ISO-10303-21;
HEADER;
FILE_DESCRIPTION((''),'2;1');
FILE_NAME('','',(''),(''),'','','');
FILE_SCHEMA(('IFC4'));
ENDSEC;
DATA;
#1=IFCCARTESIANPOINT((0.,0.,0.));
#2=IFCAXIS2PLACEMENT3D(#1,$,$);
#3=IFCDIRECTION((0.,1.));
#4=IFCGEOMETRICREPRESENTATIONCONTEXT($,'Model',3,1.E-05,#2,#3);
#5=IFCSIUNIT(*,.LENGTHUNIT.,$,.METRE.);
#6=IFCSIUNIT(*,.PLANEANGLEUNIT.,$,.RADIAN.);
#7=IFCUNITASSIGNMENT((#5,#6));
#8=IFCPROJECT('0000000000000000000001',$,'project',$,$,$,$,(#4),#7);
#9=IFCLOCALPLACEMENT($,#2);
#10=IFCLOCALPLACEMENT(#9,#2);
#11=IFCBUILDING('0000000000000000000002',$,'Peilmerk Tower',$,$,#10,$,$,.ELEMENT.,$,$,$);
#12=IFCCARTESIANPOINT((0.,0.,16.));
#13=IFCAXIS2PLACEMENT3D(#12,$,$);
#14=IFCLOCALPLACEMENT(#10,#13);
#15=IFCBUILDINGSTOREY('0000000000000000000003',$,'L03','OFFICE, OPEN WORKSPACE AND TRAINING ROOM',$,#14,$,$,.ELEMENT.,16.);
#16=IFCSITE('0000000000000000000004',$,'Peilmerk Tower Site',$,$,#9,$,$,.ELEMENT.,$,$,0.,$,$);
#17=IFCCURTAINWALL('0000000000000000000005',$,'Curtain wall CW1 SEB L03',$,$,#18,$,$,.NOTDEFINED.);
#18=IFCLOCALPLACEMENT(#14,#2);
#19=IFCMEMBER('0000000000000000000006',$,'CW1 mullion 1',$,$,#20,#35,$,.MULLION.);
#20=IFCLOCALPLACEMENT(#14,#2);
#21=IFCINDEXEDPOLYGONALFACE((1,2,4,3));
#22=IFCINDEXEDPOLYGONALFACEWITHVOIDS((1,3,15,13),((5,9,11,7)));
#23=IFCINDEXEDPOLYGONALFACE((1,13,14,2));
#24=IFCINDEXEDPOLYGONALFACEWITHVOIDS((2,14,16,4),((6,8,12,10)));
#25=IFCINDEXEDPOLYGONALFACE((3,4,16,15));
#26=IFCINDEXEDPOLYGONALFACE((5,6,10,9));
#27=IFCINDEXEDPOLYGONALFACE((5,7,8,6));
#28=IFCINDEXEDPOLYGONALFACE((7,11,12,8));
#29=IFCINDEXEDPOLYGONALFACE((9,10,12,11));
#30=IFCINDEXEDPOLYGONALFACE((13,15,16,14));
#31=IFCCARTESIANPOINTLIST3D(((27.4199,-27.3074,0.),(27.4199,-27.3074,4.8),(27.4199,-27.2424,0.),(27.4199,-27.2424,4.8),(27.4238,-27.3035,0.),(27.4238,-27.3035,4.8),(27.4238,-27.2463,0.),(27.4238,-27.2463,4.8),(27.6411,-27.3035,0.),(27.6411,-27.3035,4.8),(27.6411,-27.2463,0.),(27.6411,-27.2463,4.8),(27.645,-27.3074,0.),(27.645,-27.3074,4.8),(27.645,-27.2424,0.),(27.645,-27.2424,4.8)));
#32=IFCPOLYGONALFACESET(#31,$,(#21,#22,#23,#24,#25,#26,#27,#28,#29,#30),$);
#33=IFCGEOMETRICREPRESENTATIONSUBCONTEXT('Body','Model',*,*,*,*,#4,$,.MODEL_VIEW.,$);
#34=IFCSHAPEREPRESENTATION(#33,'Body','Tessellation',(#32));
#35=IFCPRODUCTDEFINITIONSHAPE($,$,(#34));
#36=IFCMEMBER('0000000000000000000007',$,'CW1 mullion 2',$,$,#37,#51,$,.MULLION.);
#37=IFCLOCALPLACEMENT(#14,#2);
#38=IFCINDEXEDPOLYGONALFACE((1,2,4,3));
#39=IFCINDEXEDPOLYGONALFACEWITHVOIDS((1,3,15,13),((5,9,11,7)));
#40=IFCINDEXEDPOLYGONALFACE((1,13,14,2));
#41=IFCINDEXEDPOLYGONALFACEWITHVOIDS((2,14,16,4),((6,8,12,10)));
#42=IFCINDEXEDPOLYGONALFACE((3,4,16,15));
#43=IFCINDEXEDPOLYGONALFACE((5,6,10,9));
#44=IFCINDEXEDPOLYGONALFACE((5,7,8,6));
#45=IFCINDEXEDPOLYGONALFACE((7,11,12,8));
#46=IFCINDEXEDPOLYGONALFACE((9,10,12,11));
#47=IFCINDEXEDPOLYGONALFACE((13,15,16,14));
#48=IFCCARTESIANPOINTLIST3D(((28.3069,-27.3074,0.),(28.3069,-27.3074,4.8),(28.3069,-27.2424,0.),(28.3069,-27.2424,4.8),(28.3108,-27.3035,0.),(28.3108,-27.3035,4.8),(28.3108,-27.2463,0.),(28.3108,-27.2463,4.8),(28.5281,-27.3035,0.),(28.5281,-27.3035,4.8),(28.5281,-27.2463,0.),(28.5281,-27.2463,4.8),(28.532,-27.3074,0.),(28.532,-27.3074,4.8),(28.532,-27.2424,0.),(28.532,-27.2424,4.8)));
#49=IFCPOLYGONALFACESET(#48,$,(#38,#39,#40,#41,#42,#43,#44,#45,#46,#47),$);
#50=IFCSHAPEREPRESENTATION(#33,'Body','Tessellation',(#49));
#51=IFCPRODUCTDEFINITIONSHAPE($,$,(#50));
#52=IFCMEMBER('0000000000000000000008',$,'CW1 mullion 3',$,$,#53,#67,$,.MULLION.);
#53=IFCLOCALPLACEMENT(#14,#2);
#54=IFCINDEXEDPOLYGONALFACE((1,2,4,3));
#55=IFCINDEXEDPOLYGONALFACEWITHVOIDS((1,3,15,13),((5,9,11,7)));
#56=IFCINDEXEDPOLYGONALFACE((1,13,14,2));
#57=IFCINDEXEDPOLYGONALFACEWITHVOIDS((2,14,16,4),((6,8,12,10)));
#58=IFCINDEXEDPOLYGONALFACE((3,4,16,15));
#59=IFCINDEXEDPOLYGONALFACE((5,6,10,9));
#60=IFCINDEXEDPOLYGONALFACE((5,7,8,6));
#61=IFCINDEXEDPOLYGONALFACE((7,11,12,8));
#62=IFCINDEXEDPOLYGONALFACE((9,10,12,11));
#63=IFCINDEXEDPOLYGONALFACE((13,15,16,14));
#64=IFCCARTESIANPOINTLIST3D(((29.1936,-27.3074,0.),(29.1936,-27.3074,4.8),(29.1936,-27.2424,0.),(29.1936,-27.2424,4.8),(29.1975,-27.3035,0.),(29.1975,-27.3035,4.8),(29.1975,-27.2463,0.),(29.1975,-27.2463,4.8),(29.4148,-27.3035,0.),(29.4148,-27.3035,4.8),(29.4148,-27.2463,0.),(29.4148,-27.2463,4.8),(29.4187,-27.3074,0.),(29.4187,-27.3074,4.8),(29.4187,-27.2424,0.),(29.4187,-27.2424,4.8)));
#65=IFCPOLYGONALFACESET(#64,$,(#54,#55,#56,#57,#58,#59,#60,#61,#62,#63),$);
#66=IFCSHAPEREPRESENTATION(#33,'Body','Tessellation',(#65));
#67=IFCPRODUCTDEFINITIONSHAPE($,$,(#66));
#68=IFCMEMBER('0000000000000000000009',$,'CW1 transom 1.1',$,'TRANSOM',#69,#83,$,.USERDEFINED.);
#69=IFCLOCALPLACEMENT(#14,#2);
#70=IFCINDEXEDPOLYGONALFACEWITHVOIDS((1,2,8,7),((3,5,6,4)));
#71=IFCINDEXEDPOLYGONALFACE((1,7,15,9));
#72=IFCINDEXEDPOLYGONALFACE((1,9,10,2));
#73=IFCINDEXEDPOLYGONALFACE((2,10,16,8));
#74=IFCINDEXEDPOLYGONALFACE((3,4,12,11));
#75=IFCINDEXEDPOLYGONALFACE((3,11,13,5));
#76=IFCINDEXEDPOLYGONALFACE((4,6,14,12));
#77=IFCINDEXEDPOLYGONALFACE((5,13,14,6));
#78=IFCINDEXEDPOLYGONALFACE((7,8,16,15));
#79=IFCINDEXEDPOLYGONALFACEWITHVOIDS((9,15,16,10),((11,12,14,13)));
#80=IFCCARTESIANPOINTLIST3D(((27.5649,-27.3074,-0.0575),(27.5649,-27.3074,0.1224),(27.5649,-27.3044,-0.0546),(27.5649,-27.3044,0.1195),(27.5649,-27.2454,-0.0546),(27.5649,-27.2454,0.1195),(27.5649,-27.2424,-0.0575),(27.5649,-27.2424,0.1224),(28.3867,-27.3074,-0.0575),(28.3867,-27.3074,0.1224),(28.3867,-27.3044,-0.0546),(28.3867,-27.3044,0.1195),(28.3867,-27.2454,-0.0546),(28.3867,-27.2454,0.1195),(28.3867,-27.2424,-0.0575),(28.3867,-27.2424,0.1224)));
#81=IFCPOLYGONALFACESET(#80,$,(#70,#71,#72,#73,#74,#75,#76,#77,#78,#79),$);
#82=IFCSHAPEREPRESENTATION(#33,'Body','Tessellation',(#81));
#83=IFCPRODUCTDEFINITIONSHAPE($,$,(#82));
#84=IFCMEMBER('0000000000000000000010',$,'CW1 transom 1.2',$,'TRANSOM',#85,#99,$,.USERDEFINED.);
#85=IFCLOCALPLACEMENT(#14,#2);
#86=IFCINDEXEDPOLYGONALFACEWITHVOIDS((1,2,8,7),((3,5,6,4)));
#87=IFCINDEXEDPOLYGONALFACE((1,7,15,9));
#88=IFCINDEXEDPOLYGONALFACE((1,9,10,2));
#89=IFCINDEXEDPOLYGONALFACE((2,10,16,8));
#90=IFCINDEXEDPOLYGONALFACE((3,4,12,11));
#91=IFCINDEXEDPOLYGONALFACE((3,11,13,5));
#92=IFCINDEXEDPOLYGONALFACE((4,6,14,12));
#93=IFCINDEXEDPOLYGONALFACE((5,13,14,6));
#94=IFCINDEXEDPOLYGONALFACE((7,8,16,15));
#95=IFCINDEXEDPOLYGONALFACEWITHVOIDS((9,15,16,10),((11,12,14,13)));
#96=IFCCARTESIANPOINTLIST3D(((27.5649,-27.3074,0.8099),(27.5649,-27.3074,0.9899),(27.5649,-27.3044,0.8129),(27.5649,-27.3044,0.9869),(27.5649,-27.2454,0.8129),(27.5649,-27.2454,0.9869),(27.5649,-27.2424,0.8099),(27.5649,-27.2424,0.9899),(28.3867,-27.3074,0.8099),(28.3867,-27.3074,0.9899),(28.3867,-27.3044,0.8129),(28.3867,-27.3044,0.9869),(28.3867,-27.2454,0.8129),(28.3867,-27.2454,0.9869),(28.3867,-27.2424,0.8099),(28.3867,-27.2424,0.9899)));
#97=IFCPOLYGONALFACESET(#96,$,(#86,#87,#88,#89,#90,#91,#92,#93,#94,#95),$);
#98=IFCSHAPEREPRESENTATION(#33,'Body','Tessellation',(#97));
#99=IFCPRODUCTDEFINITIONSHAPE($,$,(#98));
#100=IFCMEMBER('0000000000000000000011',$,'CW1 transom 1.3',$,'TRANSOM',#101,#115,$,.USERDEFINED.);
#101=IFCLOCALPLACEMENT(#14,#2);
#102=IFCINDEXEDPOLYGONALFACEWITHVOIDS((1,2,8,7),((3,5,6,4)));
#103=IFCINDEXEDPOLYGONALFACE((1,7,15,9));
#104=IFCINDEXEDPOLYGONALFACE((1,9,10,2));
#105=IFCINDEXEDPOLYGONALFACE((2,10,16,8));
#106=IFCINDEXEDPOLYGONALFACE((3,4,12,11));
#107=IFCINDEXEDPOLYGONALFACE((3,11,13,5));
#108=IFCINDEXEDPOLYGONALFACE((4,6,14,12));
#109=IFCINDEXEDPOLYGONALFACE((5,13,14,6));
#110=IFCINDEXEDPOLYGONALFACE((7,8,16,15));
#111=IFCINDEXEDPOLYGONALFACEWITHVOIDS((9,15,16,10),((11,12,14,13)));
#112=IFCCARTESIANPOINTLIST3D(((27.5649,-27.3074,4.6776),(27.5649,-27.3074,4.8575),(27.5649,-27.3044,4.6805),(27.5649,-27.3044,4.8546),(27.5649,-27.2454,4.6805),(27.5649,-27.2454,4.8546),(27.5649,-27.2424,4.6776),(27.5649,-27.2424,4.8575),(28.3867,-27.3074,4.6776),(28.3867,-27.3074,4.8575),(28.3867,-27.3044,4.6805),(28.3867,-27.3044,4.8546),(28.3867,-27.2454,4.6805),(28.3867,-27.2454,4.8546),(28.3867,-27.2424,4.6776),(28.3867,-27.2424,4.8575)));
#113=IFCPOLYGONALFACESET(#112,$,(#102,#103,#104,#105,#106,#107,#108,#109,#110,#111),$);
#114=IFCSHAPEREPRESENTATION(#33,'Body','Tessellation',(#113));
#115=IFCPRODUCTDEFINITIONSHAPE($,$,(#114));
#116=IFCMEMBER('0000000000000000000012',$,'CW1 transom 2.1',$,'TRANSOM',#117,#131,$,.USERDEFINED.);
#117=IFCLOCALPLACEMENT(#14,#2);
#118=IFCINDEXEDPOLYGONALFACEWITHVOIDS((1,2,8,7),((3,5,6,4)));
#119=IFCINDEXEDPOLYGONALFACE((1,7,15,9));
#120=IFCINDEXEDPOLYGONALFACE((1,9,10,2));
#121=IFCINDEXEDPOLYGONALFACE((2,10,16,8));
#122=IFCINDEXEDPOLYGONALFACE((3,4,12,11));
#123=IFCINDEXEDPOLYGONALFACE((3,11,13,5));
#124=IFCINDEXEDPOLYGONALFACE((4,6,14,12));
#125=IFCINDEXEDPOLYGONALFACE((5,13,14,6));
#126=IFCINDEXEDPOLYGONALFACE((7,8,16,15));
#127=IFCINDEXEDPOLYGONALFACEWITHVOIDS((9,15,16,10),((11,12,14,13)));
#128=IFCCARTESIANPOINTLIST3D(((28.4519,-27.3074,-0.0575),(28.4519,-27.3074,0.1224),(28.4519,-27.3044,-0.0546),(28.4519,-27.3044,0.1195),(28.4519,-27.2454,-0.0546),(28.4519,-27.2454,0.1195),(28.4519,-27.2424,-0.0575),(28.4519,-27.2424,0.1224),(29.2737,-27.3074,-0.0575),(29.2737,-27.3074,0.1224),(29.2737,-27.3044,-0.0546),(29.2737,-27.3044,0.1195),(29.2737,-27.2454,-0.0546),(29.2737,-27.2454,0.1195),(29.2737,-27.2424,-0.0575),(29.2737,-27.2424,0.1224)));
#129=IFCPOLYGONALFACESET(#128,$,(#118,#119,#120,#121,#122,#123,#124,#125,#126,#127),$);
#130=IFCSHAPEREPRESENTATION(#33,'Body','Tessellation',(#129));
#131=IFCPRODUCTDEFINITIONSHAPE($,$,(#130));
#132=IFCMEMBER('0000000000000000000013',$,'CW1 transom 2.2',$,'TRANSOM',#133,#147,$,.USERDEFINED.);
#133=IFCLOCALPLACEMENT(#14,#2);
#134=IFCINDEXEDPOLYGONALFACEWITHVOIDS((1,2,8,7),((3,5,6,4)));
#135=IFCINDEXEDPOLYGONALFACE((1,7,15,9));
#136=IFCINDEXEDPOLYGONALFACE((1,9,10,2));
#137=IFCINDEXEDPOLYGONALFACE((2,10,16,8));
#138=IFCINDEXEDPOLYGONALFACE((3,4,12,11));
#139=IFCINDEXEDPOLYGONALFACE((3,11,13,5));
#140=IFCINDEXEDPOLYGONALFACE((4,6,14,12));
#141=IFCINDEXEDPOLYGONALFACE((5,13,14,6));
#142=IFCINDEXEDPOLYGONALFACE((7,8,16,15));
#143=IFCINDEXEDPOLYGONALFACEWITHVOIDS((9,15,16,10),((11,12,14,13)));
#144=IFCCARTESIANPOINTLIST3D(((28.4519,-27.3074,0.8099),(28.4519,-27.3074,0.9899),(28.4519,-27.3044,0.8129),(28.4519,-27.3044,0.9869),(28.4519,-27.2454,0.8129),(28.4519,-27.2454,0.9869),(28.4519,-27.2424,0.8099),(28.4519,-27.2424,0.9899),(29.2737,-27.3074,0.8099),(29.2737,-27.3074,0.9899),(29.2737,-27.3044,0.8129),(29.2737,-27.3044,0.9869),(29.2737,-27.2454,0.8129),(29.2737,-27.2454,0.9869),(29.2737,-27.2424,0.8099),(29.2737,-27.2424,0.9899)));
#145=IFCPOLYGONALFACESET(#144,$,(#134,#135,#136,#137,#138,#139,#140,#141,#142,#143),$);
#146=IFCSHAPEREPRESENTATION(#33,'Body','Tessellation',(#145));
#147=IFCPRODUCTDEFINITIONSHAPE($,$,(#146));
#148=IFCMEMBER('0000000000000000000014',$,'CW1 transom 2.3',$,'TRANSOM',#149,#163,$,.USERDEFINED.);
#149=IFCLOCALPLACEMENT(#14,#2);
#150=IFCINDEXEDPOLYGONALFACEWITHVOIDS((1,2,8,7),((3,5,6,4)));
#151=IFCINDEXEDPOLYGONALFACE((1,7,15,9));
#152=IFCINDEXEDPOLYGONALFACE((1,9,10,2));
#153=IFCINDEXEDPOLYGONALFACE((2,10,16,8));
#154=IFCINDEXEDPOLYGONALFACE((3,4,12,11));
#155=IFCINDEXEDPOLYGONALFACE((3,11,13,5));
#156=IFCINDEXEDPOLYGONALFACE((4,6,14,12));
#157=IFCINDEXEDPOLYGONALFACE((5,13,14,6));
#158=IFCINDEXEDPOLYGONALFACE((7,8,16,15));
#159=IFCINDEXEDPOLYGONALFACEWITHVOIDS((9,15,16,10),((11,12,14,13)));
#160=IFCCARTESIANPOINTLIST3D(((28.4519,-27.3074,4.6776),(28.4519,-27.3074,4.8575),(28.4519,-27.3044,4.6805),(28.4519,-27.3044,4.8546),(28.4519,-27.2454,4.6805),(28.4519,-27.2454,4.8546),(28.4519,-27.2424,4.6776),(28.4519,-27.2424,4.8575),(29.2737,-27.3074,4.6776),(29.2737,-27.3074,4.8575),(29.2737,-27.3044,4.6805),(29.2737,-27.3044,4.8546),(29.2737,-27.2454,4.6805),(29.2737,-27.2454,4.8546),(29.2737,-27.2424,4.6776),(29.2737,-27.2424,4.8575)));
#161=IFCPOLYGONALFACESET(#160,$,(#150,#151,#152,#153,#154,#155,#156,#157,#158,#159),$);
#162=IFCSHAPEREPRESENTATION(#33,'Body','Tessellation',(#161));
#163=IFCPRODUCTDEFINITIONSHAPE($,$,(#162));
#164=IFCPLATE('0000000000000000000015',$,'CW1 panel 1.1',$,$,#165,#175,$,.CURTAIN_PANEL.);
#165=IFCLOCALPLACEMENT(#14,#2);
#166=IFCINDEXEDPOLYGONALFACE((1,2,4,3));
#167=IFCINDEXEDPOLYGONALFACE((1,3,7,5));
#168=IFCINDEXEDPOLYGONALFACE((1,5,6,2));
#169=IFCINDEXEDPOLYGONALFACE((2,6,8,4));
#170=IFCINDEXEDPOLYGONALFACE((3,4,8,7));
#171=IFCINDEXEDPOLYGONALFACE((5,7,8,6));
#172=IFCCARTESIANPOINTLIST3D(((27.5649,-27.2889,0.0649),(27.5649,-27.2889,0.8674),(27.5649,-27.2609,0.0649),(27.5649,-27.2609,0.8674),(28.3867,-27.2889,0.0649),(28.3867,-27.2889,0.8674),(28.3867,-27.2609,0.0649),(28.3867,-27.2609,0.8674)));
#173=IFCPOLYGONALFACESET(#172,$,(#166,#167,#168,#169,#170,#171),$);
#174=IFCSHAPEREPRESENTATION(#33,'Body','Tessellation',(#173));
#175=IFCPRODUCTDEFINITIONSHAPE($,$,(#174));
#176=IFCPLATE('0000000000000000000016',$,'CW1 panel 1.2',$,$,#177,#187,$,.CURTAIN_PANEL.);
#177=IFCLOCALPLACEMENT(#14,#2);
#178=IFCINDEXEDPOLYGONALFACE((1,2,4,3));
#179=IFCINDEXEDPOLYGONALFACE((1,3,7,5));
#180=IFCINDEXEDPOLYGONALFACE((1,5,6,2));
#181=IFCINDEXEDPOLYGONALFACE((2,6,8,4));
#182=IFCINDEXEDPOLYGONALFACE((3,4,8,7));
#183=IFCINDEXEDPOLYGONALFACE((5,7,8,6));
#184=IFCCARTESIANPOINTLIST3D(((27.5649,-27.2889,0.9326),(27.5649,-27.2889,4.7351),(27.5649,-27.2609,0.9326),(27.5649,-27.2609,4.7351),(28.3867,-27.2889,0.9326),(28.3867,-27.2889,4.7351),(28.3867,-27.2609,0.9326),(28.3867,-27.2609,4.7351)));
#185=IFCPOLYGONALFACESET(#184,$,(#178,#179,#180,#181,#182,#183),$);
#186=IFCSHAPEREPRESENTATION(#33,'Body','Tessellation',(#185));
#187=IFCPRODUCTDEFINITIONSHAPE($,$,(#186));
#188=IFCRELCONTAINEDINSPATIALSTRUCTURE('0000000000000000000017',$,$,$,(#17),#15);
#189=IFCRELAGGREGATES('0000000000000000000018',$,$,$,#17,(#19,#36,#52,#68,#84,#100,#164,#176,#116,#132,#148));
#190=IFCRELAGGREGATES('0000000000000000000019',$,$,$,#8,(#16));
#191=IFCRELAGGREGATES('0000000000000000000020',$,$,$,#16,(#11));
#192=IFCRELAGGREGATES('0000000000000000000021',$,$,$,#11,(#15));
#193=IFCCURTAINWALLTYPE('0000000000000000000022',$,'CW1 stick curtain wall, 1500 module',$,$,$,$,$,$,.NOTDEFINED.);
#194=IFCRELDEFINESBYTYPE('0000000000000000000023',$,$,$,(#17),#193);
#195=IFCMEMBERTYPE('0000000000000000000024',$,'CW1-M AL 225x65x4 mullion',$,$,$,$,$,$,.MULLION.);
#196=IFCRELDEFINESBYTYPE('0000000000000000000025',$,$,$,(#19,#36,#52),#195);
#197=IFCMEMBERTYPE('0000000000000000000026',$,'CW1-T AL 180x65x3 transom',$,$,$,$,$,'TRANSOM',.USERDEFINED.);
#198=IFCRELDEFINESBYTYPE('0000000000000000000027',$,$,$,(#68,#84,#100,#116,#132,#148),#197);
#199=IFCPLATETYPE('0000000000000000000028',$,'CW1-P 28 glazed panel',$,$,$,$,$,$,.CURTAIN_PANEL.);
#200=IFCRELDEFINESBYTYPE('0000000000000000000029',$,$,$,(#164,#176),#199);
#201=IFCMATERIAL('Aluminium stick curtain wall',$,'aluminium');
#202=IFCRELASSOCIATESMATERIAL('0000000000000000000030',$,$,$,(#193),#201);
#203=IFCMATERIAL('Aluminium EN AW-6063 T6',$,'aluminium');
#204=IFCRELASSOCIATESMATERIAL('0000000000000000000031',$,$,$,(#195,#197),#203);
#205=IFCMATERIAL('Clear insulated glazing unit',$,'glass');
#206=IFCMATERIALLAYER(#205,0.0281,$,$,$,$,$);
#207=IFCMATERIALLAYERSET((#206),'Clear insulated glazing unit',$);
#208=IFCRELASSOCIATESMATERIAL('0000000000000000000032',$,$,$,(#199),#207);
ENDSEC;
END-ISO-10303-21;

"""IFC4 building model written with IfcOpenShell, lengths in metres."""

from ifc_helpers import new_model, si_unit, direction, frame, origin, origin_2d, place, context, subcontext, project, spatial, rectangle, hollow_rectangle, extrude, material, layer, layer_set, material_profile, profile_set, type_object, element, aggregate, save


model = new_model("IFC4")

# Units and contexts
model_context = context("Model", 3, precision=1e-05, world=origin(), true_north=direction((0.0, 1.0)))
body_context = subcontext(model_context, "Body", "Model", "MODEL_VIEW")
ifc_project = project(units=[si_unit("LENGTHUNIT", "METRE"), si_unit("PLANEANGLEUNIT", "RADIAN")], contexts=[model_context])

# Site, building, storey
site_placement = place(None, origin())
site = spatial("IfcSite", under=ifc_project, at=site_placement, Name="Peilmerk Tower Site", CompositionType="ELEMENT", RefElevation=0.0)
building_placement = place(site_placement, origin())
building = spatial("IfcBuilding", under=site, at=building_placement, Name="Peilmerk Tower", CompositionType="ELEMENT")
storey_placement = place(building_placement, frame((0.0, 0.0, 16.0)))
storey = spatial("IfcBuildingStorey", under=building, at=storey_placement, Name="L03", Description="OFFICE, OPEN WORKSPACE AND TRAINING ROOM", CompositionType="ELEMENT", Elevation=16.0)

# Curtain wall, members, plates
ifc_material_1 = material(Name="Aluminium stick curtain wall", Category="aluminium")
curtain_wall_type = type_object("IfcCurtainWallType", Name="CW1 stick curtain wall, 1500 module", PredefinedType="NOTDEFINED", material=ifc_material_1)
curtain_wall_placement = place(storey_placement, origin())
curtain_wall = element("IfcCurtainWall", 1, at=curtain_wall_placement, inside=storey, type_object=curtain_wall_type, Name="Curtain wall CW1 SEB L03", PredefinedType="NOTDEFINED")
ifc_material_2 = material(Name="Aluminium EN AW-6063 T6", Category="aluminium")
ifc_material_profile_1 = material_profile(ifc_material_2, hollow_rectangle(XDim=0.0649, YDim=0.2251, WallThickness=0.0039, at=origin_2d()), Name="AL 225x65x4")
ifc_profile_set_1 = profile_set([ifc_material_profile_1], Name="Aluminium EN AW-6063 T6")
member_type_1 = type_object("IfcMemberType", Name="CW1-M AL 225x65x4 mullion", PredefinedType="MULLION", material=ifc_profile_set_1)
member_1_placement = place(storey_placement, frame((27.5325, -27.2749, 0.0), z_axis=(0.0, 0.0, 1.0), x_axis=(0.0, 1.0, 0.0)))
member_1 = element("IfcMember", 2, at=member_1_placement, type_object=member_type_1, Name="CW1 mullion 1", PredefinedType="MULLION", context=body_context, shape_type="SweptSolid", body=[
    extrude(hollow_rectangle(XDim=0.0649, YDim=0.2251, WallThickness=0.0039, at=origin_2d()), origin(), (0.0, 0.0, 1.0), 4.8),
])
member_2_placement = place(storey_placement, frame((28.4194, -27.2749, 0.0), z_axis=(0.0, 0.0, 1.0), x_axis=(0.0, 1.0, 0.0)))
member_2 = element("IfcMember", 3, at=member_2_placement, type_object=member_type_1, Name="CW1 mullion 2", PredefinedType="MULLION", context=body_context, shape_type="SweptSolid", body=[
    extrude(hollow_rectangle(XDim=0.0649, YDim=0.2251, WallThickness=0.0039, at=origin_2d()), origin(), (0.0, 0.0, 1.0), 4.8),
])
member_3_placement = place(storey_placement, frame((29.3062, -27.2749, 0.0), z_axis=(0.0, 0.0, 1.0), x_axis=(0.0, 1.0, 0.0)))
member_3 = element("IfcMember", 4, at=member_3_placement, type_object=member_type_1, Name="CW1 mullion 3", PredefinedType="MULLION", context=body_context, shape_type="SweptSolid", body=[
    extrude(hollow_rectangle(XDim=0.0649, YDim=0.2251, WallThickness=0.0039, at=origin_2d()), origin(), (0.0, 0.0, 1.0), 4.8),
])
ifc_material_profile_2 = material_profile(ifc_material_2, hollow_rectangle(XDim=0.0649, YDim=0.1799, WallThickness=0.0029, at=origin_2d()), Name="AL 180x65x3")
ifc_profile_set_2 = profile_set([ifc_material_profile_2], Name="Aluminium EN AW-6063 T6")
member_type_2 = type_object("IfcMemberType", Name="CW1-T AL 180x65x3 transom", ElementType="TRANSOM", PredefinedType="USERDEFINED", material=ifc_profile_set_2)
member_4_placement = place(storey_placement, frame((27.5649, -27.2749, 0.0325), z_axis=(1.0, 0.0, 0.0), x_axis=(0.0, 1.0, 0.0)))
member_4 = element("IfcMember", 5, at=member_4_placement, type_object=member_type_2, Name="CW1 transom 1.1", ObjectType="TRANSOM", PredefinedType="USERDEFINED", context=body_context, shape_type="SweptSolid", body=[
    extrude(hollow_rectangle(XDim=0.0649, YDim=0.1799, WallThickness=0.0029, at=origin_2d()), origin(), (0.0, 0.0, 1.0), 0.8218),
])
member_5_placement = place(storey_placement, frame((27.5649, -27.2749, 0.8999), z_axis=(1.0, 0.0, 0.0), x_axis=(0.0, 1.0, 0.0)))
member_5 = element("IfcMember", 6, at=member_5_placement, type_object=member_type_2, Name="CW1 transom 1.2", ObjectType="TRANSOM", PredefinedType="USERDEFINED", context=body_context, shape_type="SweptSolid", body=[
    extrude(hollow_rectangle(XDim=0.0649, YDim=0.1799, WallThickness=0.0029, at=origin_2d()), origin(), (0.0, 0.0, 1.0), 0.8218),
])
member_6_placement = place(storey_placement, frame((27.5649, -27.2749, 4.7676), z_axis=(1.0, 0.0, 0.0), x_axis=(0.0, 1.0, 0.0)))
member_6 = element("IfcMember", 7, at=member_6_placement, type_object=member_type_2, Name="CW1 transom 1.3", ObjectType="TRANSOM", PredefinedType="USERDEFINED", context=body_context, shape_type="SweptSolid", body=[
    extrude(hollow_rectangle(XDim=0.0649, YDim=0.1799, WallThickness=0.0029, at=origin_2d()), origin(), (0.0, 0.0, 1.0), 0.8218),
])
member_7_placement = place(storey_placement, frame((28.4519, -27.2749, 0.0325), z_axis=(1.0, 0.0, 0.0), x_axis=(0.0, 1.0, 0.0)))
member_7 = element("IfcMember", 8, at=member_7_placement, type_object=member_type_2, Name="CW1 transom 2.1", ObjectType="TRANSOM", PredefinedType="USERDEFINED", context=body_context, shape_type="SweptSolid", body=[
    extrude(hollow_rectangle(XDim=0.0649, YDim=0.1799, WallThickness=0.0029, at=origin_2d()), origin(), (0.0, 0.0, 1.0), 0.8218),
])
member_8_placement = place(storey_placement, frame((28.4519, -27.2749, 0.8999), z_axis=(1.0, 0.0, 0.0), x_axis=(0.0, 1.0, 0.0)))
member_8 = element("IfcMember", 9, at=member_8_placement, type_object=member_type_2, Name="CW1 transom 2.2", ObjectType="TRANSOM", PredefinedType="USERDEFINED", context=body_context, shape_type="SweptSolid", body=[
    extrude(hollow_rectangle(XDim=0.0649, YDim=0.1799, WallThickness=0.0029, at=origin_2d()), origin(), (0.0, 0.0, 1.0), 0.8218),
])
member_9_placement = place(storey_placement, frame((28.4519, -27.2749, 4.7676), z_axis=(1.0, 0.0, 0.0), x_axis=(0.0, 1.0, 0.0)))
member_9 = element("IfcMember", 10, at=member_9_placement, type_object=member_type_2, Name="CW1 transom 2.3", ObjectType="TRANSOM", PredefinedType="USERDEFINED", context=body_context, shape_type="SweptSolid", body=[
    extrude(hollow_rectangle(XDim=0.0649, YDim=0.1799, WallThickness=0.0029, at=origin_2d()), origin(), (0.0, 0.0, 1.0), 0.8218),
])
ifc_material_3 = material(Name="Clear insulated glazing unit", Category="glass")
ifc_layer_1 = layer(ifc_material_3, 0.0281)
ifc_layer_set_1 = layer_set([ifc_layer_1], Name="Clear insulated glazing unit")
plate_type = type_object("IfcPlateType", Name="CW1-P 28 glazed panel", PredefinedType="CURTAIN_PANEL", material=ifc_layer_set_1)
plate_1_placement = place(storey_placement, frame((27.9758, -27.2749, 0.0649), z_axis=(0.0, 0.0, 1.0), x_axis=(1.0, 0.0, 0.0)))
plate_1 = element("IfcPlate", 11, at=plate_1_placement, type_object=plate_type, Name="CW1 panel 1.1", PredefinedType="CURTAIN_PANEL", context=body_context, shape_type="SweptSolid", body=[
    extrude(rectangle(XDim=0.8218, YDim=0.0281, at=origin_2d()), origin(), (0.0, 0.0, 1.0), 0.8025),
])
plate_2_placement = place(storey_placement, frame((27.9758, -27.2749, 0.9326), z_axis=(0.0, 0.0, 1.0), x_axis=(1.0, 0.0, 0.0)))
plate_2 = element("IfcPlate", 12, at=plate_2_placement, type_object=plate_type, Name="CW1 panel 1.2", PredefinedType="CURTAIN_PANEL", context=body_context, shape_type="SweptSolid", body=[
    extrude(rectangle(XDim=0.8218, YDim=0.0281, at=origin_2d()), origin(), (0.0, 0.0, 1.0), 3.8025),
])
aggregate(curtain_wall, [member_1, member_2, member_3, member_4, member_5, member_6, plate_1, plate_2, member_7, member_8, member_9])

save(model, "model.ifc")
